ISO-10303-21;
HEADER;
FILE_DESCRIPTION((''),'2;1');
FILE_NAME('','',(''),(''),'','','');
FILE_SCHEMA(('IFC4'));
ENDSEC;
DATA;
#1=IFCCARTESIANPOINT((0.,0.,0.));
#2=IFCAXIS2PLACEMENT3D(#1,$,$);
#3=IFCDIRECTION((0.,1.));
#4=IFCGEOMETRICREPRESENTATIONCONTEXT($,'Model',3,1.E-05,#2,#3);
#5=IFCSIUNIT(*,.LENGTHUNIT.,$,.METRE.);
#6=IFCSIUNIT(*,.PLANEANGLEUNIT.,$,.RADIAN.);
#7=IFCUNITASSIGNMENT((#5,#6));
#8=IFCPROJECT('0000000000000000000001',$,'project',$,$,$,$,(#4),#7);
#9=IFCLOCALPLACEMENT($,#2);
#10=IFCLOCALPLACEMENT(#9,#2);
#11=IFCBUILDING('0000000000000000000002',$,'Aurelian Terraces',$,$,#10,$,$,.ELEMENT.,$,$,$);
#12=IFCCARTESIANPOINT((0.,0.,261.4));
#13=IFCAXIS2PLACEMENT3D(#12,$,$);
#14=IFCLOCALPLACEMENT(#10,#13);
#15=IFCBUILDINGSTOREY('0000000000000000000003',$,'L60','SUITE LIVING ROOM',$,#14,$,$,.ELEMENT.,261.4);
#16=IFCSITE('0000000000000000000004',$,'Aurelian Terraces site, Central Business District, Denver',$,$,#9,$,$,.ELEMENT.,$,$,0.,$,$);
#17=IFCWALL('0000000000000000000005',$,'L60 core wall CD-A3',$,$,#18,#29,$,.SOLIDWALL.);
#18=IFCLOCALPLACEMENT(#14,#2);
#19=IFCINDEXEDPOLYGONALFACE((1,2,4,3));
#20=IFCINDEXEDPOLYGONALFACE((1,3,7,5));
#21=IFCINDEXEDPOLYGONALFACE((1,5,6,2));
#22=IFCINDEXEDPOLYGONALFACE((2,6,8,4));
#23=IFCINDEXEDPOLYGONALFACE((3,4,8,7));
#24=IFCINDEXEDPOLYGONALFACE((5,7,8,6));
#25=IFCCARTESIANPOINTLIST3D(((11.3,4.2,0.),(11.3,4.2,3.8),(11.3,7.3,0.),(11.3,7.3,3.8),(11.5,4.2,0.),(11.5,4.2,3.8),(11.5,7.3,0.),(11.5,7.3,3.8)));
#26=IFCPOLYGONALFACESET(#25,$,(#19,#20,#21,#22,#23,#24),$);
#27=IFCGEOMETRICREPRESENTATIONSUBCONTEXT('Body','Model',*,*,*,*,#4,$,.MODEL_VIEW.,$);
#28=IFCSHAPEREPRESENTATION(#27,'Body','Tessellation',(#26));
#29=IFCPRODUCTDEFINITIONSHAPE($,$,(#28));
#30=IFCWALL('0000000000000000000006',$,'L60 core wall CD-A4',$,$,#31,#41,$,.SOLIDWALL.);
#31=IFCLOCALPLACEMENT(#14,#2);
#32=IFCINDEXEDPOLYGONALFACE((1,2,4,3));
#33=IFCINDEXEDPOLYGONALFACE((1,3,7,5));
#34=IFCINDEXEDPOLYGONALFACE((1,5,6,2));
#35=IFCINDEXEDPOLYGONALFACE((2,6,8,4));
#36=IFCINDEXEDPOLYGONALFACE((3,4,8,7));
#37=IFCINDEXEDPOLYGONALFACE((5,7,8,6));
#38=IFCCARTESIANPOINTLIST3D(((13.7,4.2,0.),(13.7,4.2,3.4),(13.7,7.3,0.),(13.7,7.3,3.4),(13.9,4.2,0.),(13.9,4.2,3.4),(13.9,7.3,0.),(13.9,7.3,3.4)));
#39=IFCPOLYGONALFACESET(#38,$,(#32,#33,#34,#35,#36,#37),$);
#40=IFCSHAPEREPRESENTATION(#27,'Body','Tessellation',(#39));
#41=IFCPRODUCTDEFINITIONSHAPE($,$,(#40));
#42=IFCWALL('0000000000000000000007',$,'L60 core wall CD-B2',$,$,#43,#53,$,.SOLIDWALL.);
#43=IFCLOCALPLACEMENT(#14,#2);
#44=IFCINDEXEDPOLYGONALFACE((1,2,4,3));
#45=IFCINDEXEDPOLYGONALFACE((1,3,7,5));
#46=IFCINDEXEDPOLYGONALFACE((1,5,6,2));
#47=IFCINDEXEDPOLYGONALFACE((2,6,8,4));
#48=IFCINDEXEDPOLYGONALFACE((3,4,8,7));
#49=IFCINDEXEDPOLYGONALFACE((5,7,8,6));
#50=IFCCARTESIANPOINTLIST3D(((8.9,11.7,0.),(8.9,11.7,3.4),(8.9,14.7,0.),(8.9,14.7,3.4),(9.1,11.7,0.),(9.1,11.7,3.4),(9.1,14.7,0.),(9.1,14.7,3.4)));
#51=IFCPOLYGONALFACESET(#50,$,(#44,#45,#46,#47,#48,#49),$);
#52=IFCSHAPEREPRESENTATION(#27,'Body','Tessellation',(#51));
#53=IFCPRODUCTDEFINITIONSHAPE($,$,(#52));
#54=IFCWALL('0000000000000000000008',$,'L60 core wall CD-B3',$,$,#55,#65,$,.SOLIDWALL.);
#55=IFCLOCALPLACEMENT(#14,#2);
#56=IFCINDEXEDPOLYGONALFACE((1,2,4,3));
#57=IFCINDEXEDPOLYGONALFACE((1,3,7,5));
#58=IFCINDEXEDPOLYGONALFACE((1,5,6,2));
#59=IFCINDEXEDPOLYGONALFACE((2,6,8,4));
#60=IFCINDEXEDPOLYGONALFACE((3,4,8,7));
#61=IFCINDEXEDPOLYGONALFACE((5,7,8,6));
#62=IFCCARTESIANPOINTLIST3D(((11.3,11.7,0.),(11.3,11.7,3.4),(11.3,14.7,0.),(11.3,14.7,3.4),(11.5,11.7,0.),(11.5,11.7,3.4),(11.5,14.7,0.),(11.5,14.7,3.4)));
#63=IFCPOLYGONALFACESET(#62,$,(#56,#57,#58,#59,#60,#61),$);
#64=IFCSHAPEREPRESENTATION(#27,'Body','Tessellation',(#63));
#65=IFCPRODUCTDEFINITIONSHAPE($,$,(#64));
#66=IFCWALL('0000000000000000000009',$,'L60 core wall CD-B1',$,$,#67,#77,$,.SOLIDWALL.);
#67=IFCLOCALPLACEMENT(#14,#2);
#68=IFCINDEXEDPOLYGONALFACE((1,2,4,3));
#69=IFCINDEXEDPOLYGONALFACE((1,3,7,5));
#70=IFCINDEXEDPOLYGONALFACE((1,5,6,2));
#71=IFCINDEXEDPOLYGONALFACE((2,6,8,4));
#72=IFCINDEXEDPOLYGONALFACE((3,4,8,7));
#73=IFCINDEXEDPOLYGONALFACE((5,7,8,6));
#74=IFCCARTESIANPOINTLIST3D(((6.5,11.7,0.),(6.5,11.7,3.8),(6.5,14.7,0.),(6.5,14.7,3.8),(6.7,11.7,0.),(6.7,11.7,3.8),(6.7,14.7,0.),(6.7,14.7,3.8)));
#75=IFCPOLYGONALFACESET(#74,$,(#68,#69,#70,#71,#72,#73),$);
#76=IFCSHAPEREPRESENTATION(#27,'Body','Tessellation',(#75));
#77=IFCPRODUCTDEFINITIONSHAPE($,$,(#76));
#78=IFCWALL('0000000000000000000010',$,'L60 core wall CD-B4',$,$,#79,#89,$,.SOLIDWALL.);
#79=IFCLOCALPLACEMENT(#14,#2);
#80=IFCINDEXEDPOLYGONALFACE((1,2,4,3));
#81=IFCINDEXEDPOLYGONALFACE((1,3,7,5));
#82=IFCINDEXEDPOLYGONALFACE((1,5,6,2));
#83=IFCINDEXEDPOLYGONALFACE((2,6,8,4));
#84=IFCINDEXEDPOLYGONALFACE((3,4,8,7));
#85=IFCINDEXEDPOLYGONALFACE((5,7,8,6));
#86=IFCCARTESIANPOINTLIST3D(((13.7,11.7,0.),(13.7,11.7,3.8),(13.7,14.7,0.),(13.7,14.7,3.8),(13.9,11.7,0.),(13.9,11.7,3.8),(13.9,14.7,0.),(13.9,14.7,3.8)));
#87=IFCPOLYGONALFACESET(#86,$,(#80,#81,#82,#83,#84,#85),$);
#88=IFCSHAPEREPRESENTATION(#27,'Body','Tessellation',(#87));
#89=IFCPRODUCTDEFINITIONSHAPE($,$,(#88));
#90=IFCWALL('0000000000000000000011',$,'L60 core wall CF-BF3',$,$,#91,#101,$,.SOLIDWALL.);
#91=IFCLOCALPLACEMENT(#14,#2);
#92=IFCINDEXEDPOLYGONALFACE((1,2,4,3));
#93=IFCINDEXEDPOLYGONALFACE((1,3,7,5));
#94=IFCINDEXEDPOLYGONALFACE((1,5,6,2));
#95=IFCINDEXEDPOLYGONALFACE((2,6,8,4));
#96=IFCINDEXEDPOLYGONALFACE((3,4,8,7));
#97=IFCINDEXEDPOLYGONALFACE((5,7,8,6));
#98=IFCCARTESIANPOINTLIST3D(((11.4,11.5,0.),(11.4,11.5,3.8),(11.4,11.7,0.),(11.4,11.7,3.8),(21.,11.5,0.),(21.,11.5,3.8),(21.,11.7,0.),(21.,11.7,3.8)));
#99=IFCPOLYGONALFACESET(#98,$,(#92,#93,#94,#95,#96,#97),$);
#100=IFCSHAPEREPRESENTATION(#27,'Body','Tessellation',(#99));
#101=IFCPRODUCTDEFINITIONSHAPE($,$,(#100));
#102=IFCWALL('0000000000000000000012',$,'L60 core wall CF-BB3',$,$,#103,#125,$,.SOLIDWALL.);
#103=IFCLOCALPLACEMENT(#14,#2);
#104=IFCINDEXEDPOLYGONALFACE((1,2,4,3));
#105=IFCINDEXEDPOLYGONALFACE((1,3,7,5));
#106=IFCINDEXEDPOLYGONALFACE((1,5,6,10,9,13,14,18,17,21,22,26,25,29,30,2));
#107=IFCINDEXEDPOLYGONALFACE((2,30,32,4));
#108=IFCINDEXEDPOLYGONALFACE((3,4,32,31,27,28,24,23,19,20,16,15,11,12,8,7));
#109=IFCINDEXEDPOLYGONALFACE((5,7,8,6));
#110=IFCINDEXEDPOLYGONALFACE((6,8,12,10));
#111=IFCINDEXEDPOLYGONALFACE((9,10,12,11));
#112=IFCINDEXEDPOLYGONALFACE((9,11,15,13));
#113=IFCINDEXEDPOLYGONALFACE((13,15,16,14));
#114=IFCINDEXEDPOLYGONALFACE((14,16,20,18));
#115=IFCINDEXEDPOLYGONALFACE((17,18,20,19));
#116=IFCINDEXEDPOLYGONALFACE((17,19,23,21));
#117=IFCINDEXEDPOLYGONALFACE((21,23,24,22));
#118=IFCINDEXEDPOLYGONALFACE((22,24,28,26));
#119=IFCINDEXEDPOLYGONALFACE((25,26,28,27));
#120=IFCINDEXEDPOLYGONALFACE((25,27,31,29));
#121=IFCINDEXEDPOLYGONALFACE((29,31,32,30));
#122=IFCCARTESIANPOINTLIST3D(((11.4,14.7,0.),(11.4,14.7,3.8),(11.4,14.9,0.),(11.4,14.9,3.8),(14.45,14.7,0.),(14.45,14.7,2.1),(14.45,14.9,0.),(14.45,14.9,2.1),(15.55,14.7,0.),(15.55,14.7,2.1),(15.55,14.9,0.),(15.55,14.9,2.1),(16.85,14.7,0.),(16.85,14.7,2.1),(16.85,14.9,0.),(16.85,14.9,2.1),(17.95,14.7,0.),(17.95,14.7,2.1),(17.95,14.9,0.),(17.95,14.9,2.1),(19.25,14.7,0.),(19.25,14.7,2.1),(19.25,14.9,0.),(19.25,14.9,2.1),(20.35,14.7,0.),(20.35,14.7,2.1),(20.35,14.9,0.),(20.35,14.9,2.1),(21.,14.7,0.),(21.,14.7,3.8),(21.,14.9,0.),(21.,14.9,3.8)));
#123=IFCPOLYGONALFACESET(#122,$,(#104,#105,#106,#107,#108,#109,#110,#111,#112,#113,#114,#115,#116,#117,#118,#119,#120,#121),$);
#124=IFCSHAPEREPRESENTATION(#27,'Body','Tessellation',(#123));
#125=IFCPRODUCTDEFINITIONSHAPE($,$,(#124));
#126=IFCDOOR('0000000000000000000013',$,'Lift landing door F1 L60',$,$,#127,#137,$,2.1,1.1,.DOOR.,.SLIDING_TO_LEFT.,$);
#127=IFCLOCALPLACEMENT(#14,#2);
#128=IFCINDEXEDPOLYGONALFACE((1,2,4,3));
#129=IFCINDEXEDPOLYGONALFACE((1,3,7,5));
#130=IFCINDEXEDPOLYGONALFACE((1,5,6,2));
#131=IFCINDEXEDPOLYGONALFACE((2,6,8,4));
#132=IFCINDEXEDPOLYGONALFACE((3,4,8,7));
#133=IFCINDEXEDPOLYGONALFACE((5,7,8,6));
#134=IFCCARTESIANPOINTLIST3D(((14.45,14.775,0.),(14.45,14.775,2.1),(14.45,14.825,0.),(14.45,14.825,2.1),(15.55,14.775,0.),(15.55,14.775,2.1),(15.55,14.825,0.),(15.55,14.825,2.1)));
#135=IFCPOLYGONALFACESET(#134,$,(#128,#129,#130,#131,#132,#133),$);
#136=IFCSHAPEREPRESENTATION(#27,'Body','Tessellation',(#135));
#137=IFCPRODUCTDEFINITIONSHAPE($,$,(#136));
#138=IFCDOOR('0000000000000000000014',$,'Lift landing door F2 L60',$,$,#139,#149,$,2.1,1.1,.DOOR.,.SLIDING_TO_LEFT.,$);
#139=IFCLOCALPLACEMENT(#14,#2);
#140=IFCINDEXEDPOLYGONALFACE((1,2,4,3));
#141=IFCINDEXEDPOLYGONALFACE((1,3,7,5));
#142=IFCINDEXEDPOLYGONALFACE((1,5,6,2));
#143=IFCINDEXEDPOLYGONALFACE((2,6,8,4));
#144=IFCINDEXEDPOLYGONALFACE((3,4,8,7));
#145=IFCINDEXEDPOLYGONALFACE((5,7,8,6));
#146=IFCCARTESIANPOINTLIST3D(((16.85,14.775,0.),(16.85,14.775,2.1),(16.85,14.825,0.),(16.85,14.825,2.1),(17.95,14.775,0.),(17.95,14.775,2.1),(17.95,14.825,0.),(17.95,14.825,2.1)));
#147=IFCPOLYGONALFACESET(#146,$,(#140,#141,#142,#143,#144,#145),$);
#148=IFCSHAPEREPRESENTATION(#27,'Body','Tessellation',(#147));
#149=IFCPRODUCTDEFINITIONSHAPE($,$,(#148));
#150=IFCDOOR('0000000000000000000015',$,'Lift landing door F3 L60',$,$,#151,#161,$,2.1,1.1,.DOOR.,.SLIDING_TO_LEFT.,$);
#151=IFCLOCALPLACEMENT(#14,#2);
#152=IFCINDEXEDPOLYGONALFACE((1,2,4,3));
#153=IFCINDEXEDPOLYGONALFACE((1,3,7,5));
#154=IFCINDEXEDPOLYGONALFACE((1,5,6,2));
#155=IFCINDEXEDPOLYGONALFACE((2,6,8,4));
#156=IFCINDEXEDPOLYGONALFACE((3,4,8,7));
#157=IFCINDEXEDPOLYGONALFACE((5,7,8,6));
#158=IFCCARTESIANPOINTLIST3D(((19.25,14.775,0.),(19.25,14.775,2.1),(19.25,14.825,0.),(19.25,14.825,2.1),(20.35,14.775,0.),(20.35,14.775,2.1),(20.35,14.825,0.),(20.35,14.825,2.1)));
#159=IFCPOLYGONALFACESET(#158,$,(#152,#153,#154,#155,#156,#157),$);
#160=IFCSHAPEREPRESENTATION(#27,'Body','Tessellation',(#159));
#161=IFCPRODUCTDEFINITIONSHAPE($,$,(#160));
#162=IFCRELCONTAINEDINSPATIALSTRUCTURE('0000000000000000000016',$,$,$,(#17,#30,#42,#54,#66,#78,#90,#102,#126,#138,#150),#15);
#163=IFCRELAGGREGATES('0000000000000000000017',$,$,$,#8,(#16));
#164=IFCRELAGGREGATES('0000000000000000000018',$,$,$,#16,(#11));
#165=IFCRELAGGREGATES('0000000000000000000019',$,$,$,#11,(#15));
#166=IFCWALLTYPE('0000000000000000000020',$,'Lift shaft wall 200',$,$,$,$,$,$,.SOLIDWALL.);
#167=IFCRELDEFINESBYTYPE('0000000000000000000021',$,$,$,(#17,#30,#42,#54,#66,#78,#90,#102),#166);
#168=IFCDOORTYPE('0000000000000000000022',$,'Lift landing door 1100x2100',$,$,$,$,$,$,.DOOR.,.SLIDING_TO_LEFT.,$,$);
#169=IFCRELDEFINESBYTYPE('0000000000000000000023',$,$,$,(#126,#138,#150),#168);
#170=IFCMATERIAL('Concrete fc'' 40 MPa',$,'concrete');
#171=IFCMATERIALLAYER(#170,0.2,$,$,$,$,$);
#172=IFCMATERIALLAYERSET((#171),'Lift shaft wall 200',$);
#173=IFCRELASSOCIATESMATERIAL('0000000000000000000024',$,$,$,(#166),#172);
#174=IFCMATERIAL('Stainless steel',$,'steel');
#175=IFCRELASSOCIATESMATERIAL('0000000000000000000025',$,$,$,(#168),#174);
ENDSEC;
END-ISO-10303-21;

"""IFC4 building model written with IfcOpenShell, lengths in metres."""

from ifc_helpers import new_model, si_unit, direction, frame, frame_2d, origin, place, context, subcontext, project, spatial, rectangle, extrude, source, transform, mapped, material, layer, layer_set, type_object, element, fill, save


model = new_model("IFC4")

# Units and contexts
model_context = context("Model", 3, precision=1e-05, world=origin(), true_north=direction((0.0, 1.0)))
body_context = subcontext(model_context, "Body", "Model", "MODEL_VIEW")
ifc_project = project(units=[si_unit("LENGTHUNIT", "METRE"), si_unit("PLANEANGLEUNIT", "RADIAN")], contexts=[model_context])

# Site, building, storey
site_placement = place(None, origin())
site = spatial("IfcSite", under=ifc_project, at=site_placement, Name="Aurelian Terraces site, Central Business District, Denver", CompositionType="ELEMENT", RefElevation=0.0)
building_placement = place(site_placement, origin())
building = spatial("IfcBuilding", under=site, at=building_placement, Name="Aurelian Terraces", CompositionType="ELEMENT")
storey_placement = place(building_placement, frame((0.0, 0.0, 261.4)))
storey = spatial("IfcBuildingStorey", under=building, at=storey_placement, Name="L60", Description="SUITE LIVING ROOM", CompositionType="ELEMENT", Elevation=261.4)

# Walls
ifc_material_1 = material(Name="Concrete fc' 40 MPa", Category="concrete")
ifc_layer_1 = layer(ifc_material_1, 0.2)
ifc_layer_set_1 = layer_set([ifc_layer_1], Name="Lift shaft wall 200")
wall_type_1 = type_object("IfcWallType", Name="Lift shaft wall 200", PredefinedType="SOLIDWALL", material=ifc_layer_set_1)
shared_shape_1 = source(origin(), body_context, "Body", "SweptSolid", [
    extrude(rectangle(XDim=3.1, YDim=0.2, at=frame_2d((1.55, 0.0))), origin(), (0.0, 0.0, 1.0), 3.8),
])
wall_1_placement = place(storey_placement, frame((11.4, 4.2, 0.0), z_axis=(0.0, 0.0, 1.0), x_axis=(0.0, 1.0, 0.0)))
element("IfcWall", 1, at=wall_1_placement, inside=storey, type_object=wall_type_1, Name="L60 core wall CD-A3", PredefinedType="SOLIDWALL", context=body_context, shape_type="MappedRepresentation", body=[
    mapped(shared_shape_1, transform((0.0, 0.0, 0.0), scale=1.0)),
])
shared_shape_2 = source(origin(), body_context, "Body", "SweptSolid", [
    extrude(rectangle(XDim=3.1, YDim=0.2, at=frame_2d((1.55, 0.0))), origin(), (0.0, 0.0, 1.0), 3.4),
])
wall_2_placement = place(storey_placement, frame((13.8, 4.2, 0.0), z_axis=(0.0, 0.0, 1.0), x_axis=(0.0, 1.0, 0.0)))
element("IfcWall", 2, at=wall_2_placement, inside=storey, type_object=wall_type_1, Name="L60 core wall CD-A4", PredefinedType="SOLIDWALL", context=body_context, shape_type="MappedRepresentation", body=[
    mapped(shared_shape_2, transform((0.0, 0.0, 0.0), scale=1.0)),
])
shared_shape_3 = source(origin(), body_context, "Body", "SweptSolid", [
    extrude(rectangle(XDim=3.0, YDim=0.2, at=frame_2d((1.5, 0.0))), origin(), (0.0, 0.0, 1.0), 3.4),
])
for number, where, z_axis, x_axis, name in (
    (3, (9.0, 11.7, 0.0), (0.0, 0.0, 1.0), (0.0, 1.0, 0.0), "L60 core wall CD-B2"),
    (4, (11.4, 11.7, 0.0), (0.0, 0.0, 1.0), (0.0, 1.0, 0.0), "L60 core wall CD-B3"),
):
    element("IfcWall", number, at=place(storey_placement, frame(where, z_axis=z_axis, x_axis=x_axis)), inside=storey, type_object=wall_type_1, Name=name, PredefinedType="SOLIDWALL", context=body_context, shape_type="MappedRepresentation", body=[
        mapped(shared_shape_3, transform((0.0, 0.0, 0.0), scale=1.0)),
    ])
shared_shape_4 = source(origin(), body_context, "Body", "SweptSolid", [
    extrude(rectangle(XDim=3.0, YDim=0.2, at=frame_2d((1.5, 0.0))), origin(), (0.0, 0.0, 1.0), 3.8),
])
for number, where, z_axis, x_axis, name in (
    (5, (6.6, 11.7, 0.0), (0.0, 0.0, 1.0), (0.0, 1.0, 0.0), "L60 core wall CD-B1"),
    (6, (13.8, 11.7, 0.0), (0.0, 0.0, 1.0), (0.0, 1.0, 0.0), "L60 core wall CD-B4"),
):
    element("IfcWall", number, at=place(storey_placement, frame(where, z_axis=z_axis, x_axis=x_axis)), inside=storey, type_object=wall_type_1, Name=name, PredefinedType="SOLIDWALL", context=body_context, shape_type="MappedRepresentation", body=[
        mapped(shared_shape_4, transform((0.0, 0.0, 0.0), scale=1.0)),
    ])
shared_shape_5 = source(origin(), body_context, "Body", "SweptSolid", [
    extrude(rectangle(XDim=9.6, YDim=0.2, at=frame_2d((4.8, 0.0))), origin(), (0.0, 0.0, 1.0), 3.8),
])
wall_3_placement = place(storey_placement, frame((11.4, 11.6, 0.0), z_axis=(0.0, 0.0, 1.0), x_axis=(1.0, 0.0, 0.0)))
element("IfcWall", 7, at=wall_3_placement, inside=storey, type_object=wall_type_1, Name="L60 core wall CF-BF3", PredefinedType="SOLIDWALL", context=body_context, shape_type="MappedRepresentation", body=[
    mapped(shared_shape_5, transform((0.0, 0.0, 0.0), scale=1.0)),
])

# Wall, openings, doors
wall_4_placement = place(storey_placement, frame((11.4, 14.8, 0.0), z_axis=(0.0, 0.0, 1.0), x_axis=(1.0, 0.0, 0.0)))
wall_4 = element("IfcWall", 8, at=wall_4_placement, inside=storey, type_object=wall_type_1, Name="L60 core wall CF-BB3", PredefinedType="SOLIDWALL", context=body_context, shape_type="MappedRepresentation", body=[
    mapped(shared_shape_5, transform((0.0, 0.0, 0.0), scale=1.0)),
])
shared_shape_6 = source(origin(), body_context, "Body", "SweptSolid", [
    extrude(rectangle(XDim=1.1, YDim=2.1, at=frame_2d((0.55, 1.05))), frame((0.0, 0.11, 0.0), z_axis=(0.0, -1.0, 0.0), x_axis=(1.0, 0.0, 0.0)), (0.0, 0.0, 1.0), 0.22),
])
opening_1_placement = place(wall_4_placement, frame((3.05, 0.0, 0.0)))
opening_1 = element("IfcOpeningElement", 9, at=opening_1_placement, cuts=wall_4, PredefinedType="OPENING", context=body_context, shape_type="MappedRepresentation", body=[
    mapped(shared_shape_6, transform((0.0, 0.0, 0.0), scale=1.0)),
])
opening_2_placement = place(wall_4_placement, frame((5.45, 0.0, 0.0)))
opening_2 = element("IfcOpeningElement", 10, at=opening_2_placement, cuts=wall_4, PredefinedType="OPENING", context=body_context, shape_type="MappedRepresentation", body=[
    mapped(shared_shape_6, transform((0.0, 0.0, 0.0), scale=1.0)),
])
opening_3_placement = place(wall_4_placement, frame((7.85, 0.0, 0.0)))
opening_3 = element("IfcOpeningElement", 11, at=opening_3_placement, cuts=wall_4, PredefinedType="OPENING", context=body_context, shape_type="MappedRepresentation", body=[
    mapped(shared_shape_6, transform((0.0, 0.0, 0.0), scale=1.0)),
])
ifc_material_2 = material(Name="Stainless steel", Category="steel")
door_type_1 = type_object("IfcDoorType", Name="Lift landing door 1100x2100", OperationType="SLIDING_TO_LEFT", PredefinedType="DOOR", material=ifc_material_2)
shared_shape_7 = source(origin(), body_context, "Body", "SweptSolid", [
    extrude(rectangle(XDim=1.1, YDim=2.1, at=frame_2d((0.55, 1.05))), frame((0.0, 0.025, 0.0), z_axis=(0.0, -1.0, 0.0), x_axis=(1.0, 0.0, 0.0)), (0.0, 0.0, 1.0), 0.05),
])
door_1_placement = place(opening_1_placement, origin())
door_1 = element("IfcDoor", 12, at=door_1_placement, inside=storey, type_object=door_type_1, Name="Lift landing door F1 L60", OperationType="SLIDING_TO_LEFT", OverallHeight=2.1, OverallWidth=1.1, PredefinedType="DOOR", context=body_context, shape_type="MappedRepresentation", body=[
    mapped(shared_shape_7, transform((0.0, 0.0, 0.0), scale=1.0)),
])
fill(opening_1, door_1)
door_2_placement = place(opening_2_placement, origin())
door_2 = element("IfcDoor", 13, at=door_2_placement, inside=storey, type_object=door_type_1, Name="Lift landing door F2 L60", OperationType="SLIDING_TO_LEFT", OverallHeight=2.1, OverallWidth=1.1, PredefinedType="DOOR", context=body_context, shape_type="MappedRepresentation", body=[
    mapped(shared_shape_7, transform((0.0, 0.0, 0.0), scale=1.0)),
])
fill(opening_2, door_2)
door_3_placement = place(opening_3_placement, origin())
door_3 = element("IfcDoor", 14, at=door_3_placement, inside=storey, type_object=door_type_1, Name="Lift landing door F3 L60", OperationType="SLIDING_TO_LEFT", OverallHeight=2.1, OverallWidth=1.1, PredefinedType="DOOR", context=body_context, shape_type="MappedRepresentation", body=[
    mapped(shared_shape_7, transform((0.0, 0.0, 0.0), scale=1.0)),
])
fill(opening_3, door_3)

save(model, "model.ifc")
